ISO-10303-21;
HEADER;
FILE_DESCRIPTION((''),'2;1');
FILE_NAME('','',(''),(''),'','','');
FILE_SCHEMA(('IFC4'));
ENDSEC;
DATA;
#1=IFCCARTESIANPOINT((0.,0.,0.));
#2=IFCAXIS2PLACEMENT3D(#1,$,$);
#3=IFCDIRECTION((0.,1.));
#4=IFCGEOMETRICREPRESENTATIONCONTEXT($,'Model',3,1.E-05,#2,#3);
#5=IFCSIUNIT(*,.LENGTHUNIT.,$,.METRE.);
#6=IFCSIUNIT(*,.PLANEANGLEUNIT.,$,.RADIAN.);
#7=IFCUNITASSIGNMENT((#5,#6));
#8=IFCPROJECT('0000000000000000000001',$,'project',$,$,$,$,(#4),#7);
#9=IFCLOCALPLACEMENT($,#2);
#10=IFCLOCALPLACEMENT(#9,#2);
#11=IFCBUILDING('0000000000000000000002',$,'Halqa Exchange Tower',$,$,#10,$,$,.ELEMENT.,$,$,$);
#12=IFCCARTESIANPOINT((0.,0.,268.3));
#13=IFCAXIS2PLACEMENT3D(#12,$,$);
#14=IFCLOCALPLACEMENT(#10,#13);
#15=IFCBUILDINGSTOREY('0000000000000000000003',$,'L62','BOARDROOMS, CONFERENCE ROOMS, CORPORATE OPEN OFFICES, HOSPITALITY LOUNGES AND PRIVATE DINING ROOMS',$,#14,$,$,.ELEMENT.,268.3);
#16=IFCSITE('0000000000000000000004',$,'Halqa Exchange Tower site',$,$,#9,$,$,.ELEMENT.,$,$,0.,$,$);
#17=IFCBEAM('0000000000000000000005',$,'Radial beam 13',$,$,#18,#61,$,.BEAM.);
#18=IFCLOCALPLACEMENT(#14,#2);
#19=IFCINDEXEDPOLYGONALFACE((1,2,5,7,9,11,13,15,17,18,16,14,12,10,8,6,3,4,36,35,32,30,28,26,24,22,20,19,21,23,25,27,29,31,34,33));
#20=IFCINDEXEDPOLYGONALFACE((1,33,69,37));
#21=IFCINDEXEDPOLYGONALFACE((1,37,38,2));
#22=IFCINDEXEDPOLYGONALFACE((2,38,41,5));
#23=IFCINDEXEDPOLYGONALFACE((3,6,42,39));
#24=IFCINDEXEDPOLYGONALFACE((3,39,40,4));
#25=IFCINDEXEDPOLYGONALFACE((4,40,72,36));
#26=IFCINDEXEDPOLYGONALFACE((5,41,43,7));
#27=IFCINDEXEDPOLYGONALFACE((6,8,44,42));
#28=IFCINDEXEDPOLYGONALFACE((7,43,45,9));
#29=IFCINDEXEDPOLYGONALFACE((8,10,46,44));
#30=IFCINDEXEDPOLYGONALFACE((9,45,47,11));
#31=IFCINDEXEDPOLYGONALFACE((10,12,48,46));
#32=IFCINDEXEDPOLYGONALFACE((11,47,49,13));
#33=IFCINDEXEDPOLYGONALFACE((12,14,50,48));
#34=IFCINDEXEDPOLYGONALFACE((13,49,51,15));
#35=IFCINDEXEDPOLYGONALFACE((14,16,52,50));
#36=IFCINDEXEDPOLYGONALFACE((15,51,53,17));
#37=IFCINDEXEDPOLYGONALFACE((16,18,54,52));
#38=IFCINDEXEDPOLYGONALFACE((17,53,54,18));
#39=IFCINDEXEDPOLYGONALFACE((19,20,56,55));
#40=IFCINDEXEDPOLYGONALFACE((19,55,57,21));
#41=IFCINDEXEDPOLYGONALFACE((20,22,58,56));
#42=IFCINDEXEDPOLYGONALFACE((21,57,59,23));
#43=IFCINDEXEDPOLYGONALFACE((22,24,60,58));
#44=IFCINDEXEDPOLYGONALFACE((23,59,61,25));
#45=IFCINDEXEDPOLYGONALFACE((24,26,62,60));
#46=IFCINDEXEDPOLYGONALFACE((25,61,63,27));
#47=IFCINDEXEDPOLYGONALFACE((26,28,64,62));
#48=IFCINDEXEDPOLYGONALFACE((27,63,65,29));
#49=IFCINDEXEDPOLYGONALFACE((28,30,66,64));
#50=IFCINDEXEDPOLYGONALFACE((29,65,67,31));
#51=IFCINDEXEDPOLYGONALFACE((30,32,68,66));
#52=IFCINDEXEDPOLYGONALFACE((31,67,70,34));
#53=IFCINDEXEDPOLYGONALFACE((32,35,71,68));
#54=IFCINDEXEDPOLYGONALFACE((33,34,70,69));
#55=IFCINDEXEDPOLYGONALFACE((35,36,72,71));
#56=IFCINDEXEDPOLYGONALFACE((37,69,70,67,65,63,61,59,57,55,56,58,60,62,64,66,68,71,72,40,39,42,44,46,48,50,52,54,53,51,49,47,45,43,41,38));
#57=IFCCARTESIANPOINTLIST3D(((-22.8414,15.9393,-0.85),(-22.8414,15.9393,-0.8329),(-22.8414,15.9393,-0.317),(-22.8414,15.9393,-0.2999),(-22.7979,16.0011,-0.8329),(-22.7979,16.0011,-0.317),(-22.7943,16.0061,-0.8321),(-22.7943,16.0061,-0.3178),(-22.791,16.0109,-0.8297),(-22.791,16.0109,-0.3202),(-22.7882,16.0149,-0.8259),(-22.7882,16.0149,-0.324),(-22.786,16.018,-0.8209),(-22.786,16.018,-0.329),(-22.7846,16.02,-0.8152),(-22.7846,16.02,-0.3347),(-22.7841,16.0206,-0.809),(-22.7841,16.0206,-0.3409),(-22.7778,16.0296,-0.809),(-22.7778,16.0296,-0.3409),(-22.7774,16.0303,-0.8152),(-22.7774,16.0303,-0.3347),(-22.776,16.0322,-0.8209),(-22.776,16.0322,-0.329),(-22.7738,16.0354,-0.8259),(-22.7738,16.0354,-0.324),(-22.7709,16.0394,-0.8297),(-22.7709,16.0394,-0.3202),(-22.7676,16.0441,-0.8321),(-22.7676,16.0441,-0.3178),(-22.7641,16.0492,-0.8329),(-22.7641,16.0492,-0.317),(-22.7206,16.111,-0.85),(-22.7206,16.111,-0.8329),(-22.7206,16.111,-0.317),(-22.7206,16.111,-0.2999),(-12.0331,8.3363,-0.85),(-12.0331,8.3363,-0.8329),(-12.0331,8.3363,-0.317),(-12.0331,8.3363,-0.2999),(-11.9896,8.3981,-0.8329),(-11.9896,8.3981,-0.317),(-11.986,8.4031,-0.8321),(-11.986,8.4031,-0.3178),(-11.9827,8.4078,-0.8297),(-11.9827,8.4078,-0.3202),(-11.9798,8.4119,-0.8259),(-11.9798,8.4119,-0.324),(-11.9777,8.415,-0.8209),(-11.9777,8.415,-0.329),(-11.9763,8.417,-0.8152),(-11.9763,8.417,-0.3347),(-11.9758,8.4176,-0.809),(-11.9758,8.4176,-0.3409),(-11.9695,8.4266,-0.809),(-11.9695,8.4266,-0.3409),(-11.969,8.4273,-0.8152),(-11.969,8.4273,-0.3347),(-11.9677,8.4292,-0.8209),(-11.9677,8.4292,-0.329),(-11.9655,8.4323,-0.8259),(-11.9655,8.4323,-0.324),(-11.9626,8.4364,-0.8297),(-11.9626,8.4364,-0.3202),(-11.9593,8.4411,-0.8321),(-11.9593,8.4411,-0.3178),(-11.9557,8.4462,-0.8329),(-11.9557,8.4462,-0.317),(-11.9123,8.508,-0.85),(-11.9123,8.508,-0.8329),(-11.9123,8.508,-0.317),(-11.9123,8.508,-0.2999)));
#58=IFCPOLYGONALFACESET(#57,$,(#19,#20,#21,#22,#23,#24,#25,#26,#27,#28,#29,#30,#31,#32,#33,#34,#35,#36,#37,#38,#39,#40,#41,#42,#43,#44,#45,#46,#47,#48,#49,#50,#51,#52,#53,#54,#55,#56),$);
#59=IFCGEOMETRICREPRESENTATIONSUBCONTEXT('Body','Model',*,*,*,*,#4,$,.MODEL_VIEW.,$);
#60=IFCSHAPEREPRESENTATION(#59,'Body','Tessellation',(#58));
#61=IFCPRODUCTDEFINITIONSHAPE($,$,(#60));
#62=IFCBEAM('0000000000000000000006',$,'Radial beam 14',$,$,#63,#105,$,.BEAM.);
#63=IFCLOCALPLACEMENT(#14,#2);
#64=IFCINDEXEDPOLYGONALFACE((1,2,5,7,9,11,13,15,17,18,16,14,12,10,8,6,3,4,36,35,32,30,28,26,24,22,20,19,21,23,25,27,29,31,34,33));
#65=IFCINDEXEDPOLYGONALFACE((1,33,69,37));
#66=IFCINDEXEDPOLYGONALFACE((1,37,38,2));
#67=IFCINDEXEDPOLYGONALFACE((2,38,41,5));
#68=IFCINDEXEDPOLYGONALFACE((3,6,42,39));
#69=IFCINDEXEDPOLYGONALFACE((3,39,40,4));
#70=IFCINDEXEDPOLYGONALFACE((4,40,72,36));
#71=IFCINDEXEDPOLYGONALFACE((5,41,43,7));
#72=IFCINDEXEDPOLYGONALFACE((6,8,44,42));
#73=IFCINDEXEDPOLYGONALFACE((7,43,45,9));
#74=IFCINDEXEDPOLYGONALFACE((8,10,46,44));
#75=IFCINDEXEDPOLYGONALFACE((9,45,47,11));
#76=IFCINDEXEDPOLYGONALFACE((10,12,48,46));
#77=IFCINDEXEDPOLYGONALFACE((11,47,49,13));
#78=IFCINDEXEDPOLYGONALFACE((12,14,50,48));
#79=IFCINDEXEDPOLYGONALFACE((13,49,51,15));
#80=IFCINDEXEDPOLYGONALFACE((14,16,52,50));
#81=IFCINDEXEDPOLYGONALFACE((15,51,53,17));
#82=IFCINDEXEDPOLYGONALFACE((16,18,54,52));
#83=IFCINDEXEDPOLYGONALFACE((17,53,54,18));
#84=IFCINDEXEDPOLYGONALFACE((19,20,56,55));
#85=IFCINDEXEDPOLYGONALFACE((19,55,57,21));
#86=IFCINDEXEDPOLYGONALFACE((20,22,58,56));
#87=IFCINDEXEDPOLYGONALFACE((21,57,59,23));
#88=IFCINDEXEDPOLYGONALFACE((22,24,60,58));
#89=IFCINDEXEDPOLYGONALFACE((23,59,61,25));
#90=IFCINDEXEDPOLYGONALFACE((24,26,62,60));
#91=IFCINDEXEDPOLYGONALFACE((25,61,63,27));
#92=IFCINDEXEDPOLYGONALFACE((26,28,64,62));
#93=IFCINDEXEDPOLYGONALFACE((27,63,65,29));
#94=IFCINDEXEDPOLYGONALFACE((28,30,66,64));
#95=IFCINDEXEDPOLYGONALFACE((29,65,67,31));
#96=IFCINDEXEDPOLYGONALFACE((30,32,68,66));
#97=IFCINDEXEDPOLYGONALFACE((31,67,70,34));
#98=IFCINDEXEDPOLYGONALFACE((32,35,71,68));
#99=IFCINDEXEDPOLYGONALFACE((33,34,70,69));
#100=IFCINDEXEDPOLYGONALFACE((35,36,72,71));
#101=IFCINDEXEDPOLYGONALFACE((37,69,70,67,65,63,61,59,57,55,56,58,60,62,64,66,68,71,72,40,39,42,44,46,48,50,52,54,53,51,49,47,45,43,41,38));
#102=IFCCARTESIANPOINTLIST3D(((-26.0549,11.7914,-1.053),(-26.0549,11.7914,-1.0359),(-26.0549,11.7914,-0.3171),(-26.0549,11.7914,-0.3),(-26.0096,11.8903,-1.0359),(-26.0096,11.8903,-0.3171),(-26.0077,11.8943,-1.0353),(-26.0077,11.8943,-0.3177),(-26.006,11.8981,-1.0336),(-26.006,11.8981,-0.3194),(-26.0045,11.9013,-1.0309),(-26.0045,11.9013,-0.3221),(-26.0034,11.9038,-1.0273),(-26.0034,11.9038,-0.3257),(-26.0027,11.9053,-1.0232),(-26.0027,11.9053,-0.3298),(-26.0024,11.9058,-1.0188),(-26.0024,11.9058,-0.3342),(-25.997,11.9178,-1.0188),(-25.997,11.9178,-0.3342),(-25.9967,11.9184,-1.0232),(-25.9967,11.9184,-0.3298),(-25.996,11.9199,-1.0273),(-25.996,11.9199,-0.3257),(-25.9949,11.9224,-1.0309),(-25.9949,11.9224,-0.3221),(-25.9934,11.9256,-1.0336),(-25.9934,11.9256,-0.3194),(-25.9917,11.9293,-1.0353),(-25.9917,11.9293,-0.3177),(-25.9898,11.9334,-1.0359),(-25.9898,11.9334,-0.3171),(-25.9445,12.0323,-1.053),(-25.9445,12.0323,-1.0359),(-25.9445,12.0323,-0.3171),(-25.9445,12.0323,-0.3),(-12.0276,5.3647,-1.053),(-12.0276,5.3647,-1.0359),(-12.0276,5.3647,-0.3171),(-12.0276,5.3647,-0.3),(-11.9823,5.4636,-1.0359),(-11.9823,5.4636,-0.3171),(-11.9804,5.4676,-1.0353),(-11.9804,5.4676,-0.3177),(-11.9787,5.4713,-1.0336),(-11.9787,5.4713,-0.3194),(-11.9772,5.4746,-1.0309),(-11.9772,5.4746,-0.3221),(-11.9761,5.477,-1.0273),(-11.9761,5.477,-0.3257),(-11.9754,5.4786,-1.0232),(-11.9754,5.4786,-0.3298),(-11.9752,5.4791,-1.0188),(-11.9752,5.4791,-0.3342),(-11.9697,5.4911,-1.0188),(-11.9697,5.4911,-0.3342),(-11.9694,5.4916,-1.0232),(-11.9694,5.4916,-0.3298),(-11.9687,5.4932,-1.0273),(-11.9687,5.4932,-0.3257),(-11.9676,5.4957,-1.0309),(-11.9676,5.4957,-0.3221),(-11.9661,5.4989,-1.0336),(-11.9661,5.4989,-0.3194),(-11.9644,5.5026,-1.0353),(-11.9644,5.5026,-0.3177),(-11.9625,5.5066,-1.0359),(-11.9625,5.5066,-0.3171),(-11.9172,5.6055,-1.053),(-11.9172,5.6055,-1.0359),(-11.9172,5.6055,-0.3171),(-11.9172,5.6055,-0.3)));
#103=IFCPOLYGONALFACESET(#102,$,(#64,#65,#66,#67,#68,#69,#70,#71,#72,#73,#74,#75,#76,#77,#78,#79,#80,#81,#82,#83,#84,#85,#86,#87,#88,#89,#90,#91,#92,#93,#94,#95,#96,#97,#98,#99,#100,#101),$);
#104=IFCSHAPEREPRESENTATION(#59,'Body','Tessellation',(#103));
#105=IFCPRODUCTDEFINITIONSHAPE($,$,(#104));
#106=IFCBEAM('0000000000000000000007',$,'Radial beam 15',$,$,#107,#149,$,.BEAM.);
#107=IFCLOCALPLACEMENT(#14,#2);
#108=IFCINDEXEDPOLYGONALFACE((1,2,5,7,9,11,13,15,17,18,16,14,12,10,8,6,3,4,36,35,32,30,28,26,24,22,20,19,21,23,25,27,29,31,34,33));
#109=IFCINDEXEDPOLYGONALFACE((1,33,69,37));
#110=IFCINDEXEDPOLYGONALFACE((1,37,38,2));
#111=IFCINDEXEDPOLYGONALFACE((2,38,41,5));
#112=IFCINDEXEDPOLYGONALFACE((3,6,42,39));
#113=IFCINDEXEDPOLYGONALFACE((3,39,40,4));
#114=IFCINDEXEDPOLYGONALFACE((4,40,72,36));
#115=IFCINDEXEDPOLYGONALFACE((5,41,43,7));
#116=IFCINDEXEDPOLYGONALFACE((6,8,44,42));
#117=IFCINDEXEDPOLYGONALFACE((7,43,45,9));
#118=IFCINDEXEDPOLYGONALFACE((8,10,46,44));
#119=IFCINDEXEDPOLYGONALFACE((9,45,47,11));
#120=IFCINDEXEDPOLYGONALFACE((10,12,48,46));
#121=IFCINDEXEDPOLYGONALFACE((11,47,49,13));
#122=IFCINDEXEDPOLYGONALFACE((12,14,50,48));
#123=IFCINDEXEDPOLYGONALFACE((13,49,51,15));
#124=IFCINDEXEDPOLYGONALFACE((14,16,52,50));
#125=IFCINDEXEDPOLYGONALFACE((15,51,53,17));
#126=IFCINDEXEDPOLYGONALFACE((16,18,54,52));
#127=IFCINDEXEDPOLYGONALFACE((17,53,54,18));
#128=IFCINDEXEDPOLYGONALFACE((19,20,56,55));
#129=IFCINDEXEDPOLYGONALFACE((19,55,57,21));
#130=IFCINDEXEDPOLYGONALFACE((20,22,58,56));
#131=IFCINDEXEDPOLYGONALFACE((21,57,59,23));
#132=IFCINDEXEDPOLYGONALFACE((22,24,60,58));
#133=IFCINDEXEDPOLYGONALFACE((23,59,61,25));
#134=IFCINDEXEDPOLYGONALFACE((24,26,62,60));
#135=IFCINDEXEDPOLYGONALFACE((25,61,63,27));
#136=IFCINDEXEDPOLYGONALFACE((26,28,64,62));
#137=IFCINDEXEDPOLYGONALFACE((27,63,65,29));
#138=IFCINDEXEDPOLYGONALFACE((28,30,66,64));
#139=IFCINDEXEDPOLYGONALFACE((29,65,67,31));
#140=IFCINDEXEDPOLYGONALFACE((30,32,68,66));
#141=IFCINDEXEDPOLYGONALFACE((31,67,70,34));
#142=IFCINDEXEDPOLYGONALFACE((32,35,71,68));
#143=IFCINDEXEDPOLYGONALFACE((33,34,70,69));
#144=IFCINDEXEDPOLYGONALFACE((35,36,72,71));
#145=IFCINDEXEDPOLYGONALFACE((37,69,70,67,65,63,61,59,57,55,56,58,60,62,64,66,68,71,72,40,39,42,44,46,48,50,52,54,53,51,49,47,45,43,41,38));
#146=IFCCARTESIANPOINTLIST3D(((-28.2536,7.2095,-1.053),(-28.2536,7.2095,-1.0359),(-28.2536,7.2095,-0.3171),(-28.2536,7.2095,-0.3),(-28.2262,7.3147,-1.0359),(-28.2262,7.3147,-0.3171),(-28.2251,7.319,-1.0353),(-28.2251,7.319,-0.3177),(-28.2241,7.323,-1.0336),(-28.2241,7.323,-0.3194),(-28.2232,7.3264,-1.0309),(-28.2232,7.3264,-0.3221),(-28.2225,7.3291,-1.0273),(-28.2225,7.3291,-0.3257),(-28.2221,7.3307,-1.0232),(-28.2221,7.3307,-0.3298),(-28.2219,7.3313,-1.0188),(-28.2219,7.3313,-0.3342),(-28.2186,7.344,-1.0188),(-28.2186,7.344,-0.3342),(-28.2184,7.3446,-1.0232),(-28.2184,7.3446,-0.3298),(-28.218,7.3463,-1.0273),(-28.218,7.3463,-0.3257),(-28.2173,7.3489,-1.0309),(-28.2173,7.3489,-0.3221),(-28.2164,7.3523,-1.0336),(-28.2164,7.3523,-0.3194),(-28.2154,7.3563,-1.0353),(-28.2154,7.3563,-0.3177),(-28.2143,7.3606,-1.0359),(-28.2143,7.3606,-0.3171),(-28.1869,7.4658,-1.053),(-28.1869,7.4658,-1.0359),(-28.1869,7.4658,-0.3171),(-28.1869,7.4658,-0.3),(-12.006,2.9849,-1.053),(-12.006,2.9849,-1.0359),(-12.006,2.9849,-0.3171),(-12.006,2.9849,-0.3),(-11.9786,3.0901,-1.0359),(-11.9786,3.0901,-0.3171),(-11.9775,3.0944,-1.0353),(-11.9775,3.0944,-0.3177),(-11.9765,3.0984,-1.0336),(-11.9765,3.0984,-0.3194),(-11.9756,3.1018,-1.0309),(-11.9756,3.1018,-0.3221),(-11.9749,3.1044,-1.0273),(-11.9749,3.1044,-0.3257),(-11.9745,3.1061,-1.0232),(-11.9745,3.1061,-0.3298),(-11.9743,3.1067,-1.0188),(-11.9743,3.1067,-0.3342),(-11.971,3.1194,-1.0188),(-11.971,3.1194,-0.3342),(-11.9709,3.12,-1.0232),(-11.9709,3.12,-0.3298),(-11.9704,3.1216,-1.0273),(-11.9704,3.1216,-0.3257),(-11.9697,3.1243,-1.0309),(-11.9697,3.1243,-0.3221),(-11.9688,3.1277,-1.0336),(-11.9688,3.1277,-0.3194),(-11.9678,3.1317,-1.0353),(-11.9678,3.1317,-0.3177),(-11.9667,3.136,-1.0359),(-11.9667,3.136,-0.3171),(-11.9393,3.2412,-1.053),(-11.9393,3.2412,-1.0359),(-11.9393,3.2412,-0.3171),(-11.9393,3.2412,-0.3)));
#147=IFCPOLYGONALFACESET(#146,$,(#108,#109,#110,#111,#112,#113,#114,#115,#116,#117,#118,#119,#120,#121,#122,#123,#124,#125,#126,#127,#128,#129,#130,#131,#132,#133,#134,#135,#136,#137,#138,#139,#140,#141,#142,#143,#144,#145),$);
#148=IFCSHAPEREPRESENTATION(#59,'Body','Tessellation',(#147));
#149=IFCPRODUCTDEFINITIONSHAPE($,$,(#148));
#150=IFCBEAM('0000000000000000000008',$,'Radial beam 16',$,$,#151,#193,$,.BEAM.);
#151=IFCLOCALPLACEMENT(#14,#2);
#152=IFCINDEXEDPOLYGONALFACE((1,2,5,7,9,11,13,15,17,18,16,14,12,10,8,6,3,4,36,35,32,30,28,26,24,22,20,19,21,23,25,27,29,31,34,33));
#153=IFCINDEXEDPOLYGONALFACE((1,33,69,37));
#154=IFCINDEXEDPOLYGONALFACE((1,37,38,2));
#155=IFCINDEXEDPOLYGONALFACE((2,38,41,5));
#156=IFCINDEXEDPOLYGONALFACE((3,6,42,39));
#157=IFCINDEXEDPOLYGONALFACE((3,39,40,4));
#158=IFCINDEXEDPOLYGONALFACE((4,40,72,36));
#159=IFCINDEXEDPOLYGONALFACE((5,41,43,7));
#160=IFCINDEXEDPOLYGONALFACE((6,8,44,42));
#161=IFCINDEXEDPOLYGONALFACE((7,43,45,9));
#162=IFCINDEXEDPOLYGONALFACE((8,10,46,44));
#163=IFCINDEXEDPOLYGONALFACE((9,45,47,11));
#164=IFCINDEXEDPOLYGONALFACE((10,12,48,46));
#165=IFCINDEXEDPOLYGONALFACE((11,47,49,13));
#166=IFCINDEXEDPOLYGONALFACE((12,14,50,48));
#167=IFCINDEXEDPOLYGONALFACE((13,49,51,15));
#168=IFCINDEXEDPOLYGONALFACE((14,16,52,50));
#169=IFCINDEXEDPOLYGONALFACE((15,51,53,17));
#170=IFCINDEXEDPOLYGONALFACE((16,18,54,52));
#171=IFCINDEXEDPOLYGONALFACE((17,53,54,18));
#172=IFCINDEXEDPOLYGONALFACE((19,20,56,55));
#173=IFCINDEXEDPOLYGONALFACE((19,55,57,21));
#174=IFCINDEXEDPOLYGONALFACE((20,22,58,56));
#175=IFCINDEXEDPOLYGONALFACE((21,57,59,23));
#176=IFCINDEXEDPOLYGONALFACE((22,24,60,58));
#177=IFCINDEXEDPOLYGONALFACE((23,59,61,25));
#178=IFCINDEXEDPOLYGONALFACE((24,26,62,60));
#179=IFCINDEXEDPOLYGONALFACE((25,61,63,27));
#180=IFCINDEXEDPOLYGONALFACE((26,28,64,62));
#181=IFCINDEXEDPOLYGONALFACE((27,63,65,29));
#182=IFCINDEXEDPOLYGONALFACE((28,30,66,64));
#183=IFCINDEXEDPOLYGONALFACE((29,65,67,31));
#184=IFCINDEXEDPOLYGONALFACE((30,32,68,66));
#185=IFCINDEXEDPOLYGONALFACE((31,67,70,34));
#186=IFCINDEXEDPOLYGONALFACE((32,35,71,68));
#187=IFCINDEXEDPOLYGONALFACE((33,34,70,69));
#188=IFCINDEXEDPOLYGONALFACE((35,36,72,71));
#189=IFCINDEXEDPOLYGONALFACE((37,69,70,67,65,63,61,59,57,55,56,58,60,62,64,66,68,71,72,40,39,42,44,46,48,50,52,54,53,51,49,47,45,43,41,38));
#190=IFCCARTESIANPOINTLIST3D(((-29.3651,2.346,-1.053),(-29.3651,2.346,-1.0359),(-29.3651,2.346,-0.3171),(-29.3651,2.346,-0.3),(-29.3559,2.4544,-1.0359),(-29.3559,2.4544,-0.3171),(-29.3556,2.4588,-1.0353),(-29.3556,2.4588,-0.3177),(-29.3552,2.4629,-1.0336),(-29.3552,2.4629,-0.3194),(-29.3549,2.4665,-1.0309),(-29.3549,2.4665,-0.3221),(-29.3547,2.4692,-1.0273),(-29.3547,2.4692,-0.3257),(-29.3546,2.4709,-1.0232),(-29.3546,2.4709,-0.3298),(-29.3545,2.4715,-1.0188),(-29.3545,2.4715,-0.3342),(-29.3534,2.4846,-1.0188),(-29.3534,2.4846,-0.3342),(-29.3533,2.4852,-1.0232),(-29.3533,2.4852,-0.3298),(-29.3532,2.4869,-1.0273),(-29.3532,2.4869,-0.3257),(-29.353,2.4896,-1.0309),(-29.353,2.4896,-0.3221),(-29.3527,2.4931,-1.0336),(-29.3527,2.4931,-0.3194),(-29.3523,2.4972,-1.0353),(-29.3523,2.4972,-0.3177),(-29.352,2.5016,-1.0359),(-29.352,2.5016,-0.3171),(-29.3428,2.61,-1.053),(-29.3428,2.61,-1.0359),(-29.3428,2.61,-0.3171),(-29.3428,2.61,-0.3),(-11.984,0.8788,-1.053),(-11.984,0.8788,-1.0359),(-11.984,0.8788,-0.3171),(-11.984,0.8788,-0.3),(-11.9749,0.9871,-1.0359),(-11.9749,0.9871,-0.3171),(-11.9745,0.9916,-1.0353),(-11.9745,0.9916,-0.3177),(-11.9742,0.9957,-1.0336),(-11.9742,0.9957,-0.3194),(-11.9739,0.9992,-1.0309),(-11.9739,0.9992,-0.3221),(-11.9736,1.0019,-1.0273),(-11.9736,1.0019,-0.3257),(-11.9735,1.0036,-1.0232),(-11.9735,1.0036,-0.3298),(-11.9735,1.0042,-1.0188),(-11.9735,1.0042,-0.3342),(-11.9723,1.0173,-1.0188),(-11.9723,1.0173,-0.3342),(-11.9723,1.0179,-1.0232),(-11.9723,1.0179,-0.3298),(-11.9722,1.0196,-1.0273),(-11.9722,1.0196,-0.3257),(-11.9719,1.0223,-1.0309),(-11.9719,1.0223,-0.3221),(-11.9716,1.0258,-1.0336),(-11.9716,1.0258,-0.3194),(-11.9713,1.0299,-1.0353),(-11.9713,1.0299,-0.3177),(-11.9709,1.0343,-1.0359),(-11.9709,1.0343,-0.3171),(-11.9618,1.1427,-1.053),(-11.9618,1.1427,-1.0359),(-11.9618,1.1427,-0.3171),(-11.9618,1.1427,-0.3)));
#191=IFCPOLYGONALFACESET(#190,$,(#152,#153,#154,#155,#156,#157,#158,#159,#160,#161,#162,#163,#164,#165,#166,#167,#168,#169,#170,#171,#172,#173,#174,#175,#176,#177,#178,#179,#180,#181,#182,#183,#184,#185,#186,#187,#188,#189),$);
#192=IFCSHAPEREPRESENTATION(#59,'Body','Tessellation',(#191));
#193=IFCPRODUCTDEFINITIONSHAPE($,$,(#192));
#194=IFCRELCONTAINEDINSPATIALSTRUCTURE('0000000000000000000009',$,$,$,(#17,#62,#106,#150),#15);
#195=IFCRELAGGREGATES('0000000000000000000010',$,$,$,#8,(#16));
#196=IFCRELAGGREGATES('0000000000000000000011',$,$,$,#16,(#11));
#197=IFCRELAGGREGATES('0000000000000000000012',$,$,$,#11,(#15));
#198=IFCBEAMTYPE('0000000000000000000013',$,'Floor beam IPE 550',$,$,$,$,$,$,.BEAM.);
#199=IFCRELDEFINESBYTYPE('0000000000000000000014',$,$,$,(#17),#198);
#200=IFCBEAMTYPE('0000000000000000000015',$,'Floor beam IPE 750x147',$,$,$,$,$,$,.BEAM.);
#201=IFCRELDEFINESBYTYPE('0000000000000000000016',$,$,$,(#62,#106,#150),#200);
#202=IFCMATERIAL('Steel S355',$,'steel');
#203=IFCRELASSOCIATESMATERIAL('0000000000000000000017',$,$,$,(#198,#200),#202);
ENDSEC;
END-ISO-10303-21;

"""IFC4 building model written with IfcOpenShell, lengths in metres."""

from ifc_helpers import new_model, si_unit, direction, frame, origin, origin_2d, place, context, subcontext, project, spatial, i_section, extrude, material, material_profile, profile_set, type_object, element, save


model = new_model("IFC4")

# Units and contexts
model_context = context("Model", 3, precision=1e-05, world=origin(), true_north=direction((0.0, 1.0)))
body_context = subcontext(model_context, "Body", "Model", "MODEL_VIEW")
ifc_project = project(units=[si_unit("LENGTHUNIT", "METRE"), si_unit("PLANEANGLEUNIT", "RADIAN")], contexts=[model_context])

# Site, building, storey
site_placement = place(None, origin())
site = spatial("IfcSite", under=ifc_project, at=site_placement, Name="Halqa Exchange Tower site", CompositionType="ELEMENT", RefElevation=0.0)
building_placement = place(site_placement, origin())
building = spatial("IfcBuilding", under=site, at=building_placement, Name="Halqa Exchange Tower", CompositionType="ELEMENT")
storey_placement = place(building_placement, frame((0.0, 0.0, 268.3)))
storey = spatial("IfcBuildingStorey", under=building, at=storey_placement, Name="L62", Description="BOARDROOMS, CONFERENCE ROOMS, CORPORATE OPEN OFFICES, HOSPITALITY LOUNGES AND PRIVATE DINING ROOMS", CompositionType="ELEMENT", Elevation=268.3)

# Beams
ifc_material_1 = material(Name="Steel S355", Category="steel")
ifc_material_profile_1 = material_profile(ifc_material_1, i_section(OverallWidth=0.21, OverallDepth=0.55, WebThickness=0.011, FlangeThickness=0.0171, FilletRadius=0.0239, at=origin_2d()), Name="IPE 550")
ifc_profile_set_1 = profile_set([ifc_material_profile_1], Name="Steel S355")
beam_type_1 = type_object("IfcBeamType", Name="Floor beam IPE 550", PredefinedType="BEAM", material=ifc_profile_set_1)
beam_1_placement = place(storey_placement, frame((-11.9727, 8.4221, -0.575), z_axis=(-0.817908, 0.575349, 0.0), x_axis=(-0.575349, -0.817908, 0.0)))
element("IfcBeam", 1, at=beam_1_placement, inside=storey, type_object=beam_type_1, Name="Radial beam 13", PredefinedType="BEAM", context=body_context, shape_type="SweptSolid", body=[
    extrude(i_section(OverallWidth=0.21, OverallDepth=0.55, WebThickness=0.011, FlangeThickness=0.0171, FilletRadius=0.0239, at=origin_2d()), origin(), (0.0, 0.0, 1.0), 13.2146),
])
ifc_material_profile_2 = material_profile(ifc_material_1, i_section(OverallWidth=0.2649, OverallDepth=0.7529, WebThickness=0.0132, FlangeThickness=0.0171, FilletRadius=0.0171, at=origin_2d()), Name="IPE 750x147")
ifc_profile_set_2 = profile_set([ifc_material_profile_2], Name="Steel S355")
beam_type_2 = type_object("IfcBeamType", Name="Floor beam IPE 750x147", PredefinedType="BEAM", material=ifc_profile_set_2)
beam_2_placement = place(storey_placement, frame((-11.9724, 5.4851, -0.6765), z_axis=(-0.909125, 0.416524, 0.0), x_axis=(-0.416524, -0.909125, 0.0)))
element("IfcBeam", 2, at=beam_2_placement, inside=storey, type_object=beam_type_2, Name="Radial beam 14", PredefinedType="BEAM", context=body_context, shape_type="SweptSolid", body=[
    extrude(i_section(OverallWidth=0.2649, OverallDepth=0.7529, WebThickness=0.0132, FlangeThickness=0.0171, FilletRadius=0.0171, at=origin_2d()), origin(), (0.0, 0.0, 1.0), 15.4294),
])
beam_3_placement = place(storey_placement, frame((-11.9727, 3.113, -0.6765), z_axis=(-0.967819, 0.251647, 0.0), x_axis=(-0.251647, -0.967819, 0.0)))
element("IfcBeam", 3, at=beam_3_placement, inside=storey, type_object=beam_type_2, Name="Radial beam 15", PredefinedType="BEAM", context=body_context, shape_type="SweptSolid", body=[
    extrude(i_section(OverallWidth=0.2649, OverallDepth=0.7529, WebThickness=0.0132, FlangeThickness=0.0171, FilletRadius=0.0171, at=origin_2d()), origin(), (0.0, 0.0, 1.0), 16.7878),
])
beam_4_placement = place(storey_placement, frame((-11.9729, 1.0107, -0.6765), z_axis=(-0.996456, 0.084119, 0.0), x_axis=(-0.084119, -0.996456, 0.0)))
element("IfcBeam", 4, at=beam_4_placement, inside=storey, type_object=beam_type_2, Name="Radial beam 16", PredefinedType="BEAM", context=body_context, shape_type="SweptSolid", body=[
    extrude(i_section(OverallWidth=0.2649, OverallDepth=0.7529, WebThickness=0.0132, FlangeThickness=0.0171, FilletRadius=0.0171, at=origin_2d()), origin(), (0.0, 0.0, 1.0), 17.4429),
])

save(model, "model.ifc")
